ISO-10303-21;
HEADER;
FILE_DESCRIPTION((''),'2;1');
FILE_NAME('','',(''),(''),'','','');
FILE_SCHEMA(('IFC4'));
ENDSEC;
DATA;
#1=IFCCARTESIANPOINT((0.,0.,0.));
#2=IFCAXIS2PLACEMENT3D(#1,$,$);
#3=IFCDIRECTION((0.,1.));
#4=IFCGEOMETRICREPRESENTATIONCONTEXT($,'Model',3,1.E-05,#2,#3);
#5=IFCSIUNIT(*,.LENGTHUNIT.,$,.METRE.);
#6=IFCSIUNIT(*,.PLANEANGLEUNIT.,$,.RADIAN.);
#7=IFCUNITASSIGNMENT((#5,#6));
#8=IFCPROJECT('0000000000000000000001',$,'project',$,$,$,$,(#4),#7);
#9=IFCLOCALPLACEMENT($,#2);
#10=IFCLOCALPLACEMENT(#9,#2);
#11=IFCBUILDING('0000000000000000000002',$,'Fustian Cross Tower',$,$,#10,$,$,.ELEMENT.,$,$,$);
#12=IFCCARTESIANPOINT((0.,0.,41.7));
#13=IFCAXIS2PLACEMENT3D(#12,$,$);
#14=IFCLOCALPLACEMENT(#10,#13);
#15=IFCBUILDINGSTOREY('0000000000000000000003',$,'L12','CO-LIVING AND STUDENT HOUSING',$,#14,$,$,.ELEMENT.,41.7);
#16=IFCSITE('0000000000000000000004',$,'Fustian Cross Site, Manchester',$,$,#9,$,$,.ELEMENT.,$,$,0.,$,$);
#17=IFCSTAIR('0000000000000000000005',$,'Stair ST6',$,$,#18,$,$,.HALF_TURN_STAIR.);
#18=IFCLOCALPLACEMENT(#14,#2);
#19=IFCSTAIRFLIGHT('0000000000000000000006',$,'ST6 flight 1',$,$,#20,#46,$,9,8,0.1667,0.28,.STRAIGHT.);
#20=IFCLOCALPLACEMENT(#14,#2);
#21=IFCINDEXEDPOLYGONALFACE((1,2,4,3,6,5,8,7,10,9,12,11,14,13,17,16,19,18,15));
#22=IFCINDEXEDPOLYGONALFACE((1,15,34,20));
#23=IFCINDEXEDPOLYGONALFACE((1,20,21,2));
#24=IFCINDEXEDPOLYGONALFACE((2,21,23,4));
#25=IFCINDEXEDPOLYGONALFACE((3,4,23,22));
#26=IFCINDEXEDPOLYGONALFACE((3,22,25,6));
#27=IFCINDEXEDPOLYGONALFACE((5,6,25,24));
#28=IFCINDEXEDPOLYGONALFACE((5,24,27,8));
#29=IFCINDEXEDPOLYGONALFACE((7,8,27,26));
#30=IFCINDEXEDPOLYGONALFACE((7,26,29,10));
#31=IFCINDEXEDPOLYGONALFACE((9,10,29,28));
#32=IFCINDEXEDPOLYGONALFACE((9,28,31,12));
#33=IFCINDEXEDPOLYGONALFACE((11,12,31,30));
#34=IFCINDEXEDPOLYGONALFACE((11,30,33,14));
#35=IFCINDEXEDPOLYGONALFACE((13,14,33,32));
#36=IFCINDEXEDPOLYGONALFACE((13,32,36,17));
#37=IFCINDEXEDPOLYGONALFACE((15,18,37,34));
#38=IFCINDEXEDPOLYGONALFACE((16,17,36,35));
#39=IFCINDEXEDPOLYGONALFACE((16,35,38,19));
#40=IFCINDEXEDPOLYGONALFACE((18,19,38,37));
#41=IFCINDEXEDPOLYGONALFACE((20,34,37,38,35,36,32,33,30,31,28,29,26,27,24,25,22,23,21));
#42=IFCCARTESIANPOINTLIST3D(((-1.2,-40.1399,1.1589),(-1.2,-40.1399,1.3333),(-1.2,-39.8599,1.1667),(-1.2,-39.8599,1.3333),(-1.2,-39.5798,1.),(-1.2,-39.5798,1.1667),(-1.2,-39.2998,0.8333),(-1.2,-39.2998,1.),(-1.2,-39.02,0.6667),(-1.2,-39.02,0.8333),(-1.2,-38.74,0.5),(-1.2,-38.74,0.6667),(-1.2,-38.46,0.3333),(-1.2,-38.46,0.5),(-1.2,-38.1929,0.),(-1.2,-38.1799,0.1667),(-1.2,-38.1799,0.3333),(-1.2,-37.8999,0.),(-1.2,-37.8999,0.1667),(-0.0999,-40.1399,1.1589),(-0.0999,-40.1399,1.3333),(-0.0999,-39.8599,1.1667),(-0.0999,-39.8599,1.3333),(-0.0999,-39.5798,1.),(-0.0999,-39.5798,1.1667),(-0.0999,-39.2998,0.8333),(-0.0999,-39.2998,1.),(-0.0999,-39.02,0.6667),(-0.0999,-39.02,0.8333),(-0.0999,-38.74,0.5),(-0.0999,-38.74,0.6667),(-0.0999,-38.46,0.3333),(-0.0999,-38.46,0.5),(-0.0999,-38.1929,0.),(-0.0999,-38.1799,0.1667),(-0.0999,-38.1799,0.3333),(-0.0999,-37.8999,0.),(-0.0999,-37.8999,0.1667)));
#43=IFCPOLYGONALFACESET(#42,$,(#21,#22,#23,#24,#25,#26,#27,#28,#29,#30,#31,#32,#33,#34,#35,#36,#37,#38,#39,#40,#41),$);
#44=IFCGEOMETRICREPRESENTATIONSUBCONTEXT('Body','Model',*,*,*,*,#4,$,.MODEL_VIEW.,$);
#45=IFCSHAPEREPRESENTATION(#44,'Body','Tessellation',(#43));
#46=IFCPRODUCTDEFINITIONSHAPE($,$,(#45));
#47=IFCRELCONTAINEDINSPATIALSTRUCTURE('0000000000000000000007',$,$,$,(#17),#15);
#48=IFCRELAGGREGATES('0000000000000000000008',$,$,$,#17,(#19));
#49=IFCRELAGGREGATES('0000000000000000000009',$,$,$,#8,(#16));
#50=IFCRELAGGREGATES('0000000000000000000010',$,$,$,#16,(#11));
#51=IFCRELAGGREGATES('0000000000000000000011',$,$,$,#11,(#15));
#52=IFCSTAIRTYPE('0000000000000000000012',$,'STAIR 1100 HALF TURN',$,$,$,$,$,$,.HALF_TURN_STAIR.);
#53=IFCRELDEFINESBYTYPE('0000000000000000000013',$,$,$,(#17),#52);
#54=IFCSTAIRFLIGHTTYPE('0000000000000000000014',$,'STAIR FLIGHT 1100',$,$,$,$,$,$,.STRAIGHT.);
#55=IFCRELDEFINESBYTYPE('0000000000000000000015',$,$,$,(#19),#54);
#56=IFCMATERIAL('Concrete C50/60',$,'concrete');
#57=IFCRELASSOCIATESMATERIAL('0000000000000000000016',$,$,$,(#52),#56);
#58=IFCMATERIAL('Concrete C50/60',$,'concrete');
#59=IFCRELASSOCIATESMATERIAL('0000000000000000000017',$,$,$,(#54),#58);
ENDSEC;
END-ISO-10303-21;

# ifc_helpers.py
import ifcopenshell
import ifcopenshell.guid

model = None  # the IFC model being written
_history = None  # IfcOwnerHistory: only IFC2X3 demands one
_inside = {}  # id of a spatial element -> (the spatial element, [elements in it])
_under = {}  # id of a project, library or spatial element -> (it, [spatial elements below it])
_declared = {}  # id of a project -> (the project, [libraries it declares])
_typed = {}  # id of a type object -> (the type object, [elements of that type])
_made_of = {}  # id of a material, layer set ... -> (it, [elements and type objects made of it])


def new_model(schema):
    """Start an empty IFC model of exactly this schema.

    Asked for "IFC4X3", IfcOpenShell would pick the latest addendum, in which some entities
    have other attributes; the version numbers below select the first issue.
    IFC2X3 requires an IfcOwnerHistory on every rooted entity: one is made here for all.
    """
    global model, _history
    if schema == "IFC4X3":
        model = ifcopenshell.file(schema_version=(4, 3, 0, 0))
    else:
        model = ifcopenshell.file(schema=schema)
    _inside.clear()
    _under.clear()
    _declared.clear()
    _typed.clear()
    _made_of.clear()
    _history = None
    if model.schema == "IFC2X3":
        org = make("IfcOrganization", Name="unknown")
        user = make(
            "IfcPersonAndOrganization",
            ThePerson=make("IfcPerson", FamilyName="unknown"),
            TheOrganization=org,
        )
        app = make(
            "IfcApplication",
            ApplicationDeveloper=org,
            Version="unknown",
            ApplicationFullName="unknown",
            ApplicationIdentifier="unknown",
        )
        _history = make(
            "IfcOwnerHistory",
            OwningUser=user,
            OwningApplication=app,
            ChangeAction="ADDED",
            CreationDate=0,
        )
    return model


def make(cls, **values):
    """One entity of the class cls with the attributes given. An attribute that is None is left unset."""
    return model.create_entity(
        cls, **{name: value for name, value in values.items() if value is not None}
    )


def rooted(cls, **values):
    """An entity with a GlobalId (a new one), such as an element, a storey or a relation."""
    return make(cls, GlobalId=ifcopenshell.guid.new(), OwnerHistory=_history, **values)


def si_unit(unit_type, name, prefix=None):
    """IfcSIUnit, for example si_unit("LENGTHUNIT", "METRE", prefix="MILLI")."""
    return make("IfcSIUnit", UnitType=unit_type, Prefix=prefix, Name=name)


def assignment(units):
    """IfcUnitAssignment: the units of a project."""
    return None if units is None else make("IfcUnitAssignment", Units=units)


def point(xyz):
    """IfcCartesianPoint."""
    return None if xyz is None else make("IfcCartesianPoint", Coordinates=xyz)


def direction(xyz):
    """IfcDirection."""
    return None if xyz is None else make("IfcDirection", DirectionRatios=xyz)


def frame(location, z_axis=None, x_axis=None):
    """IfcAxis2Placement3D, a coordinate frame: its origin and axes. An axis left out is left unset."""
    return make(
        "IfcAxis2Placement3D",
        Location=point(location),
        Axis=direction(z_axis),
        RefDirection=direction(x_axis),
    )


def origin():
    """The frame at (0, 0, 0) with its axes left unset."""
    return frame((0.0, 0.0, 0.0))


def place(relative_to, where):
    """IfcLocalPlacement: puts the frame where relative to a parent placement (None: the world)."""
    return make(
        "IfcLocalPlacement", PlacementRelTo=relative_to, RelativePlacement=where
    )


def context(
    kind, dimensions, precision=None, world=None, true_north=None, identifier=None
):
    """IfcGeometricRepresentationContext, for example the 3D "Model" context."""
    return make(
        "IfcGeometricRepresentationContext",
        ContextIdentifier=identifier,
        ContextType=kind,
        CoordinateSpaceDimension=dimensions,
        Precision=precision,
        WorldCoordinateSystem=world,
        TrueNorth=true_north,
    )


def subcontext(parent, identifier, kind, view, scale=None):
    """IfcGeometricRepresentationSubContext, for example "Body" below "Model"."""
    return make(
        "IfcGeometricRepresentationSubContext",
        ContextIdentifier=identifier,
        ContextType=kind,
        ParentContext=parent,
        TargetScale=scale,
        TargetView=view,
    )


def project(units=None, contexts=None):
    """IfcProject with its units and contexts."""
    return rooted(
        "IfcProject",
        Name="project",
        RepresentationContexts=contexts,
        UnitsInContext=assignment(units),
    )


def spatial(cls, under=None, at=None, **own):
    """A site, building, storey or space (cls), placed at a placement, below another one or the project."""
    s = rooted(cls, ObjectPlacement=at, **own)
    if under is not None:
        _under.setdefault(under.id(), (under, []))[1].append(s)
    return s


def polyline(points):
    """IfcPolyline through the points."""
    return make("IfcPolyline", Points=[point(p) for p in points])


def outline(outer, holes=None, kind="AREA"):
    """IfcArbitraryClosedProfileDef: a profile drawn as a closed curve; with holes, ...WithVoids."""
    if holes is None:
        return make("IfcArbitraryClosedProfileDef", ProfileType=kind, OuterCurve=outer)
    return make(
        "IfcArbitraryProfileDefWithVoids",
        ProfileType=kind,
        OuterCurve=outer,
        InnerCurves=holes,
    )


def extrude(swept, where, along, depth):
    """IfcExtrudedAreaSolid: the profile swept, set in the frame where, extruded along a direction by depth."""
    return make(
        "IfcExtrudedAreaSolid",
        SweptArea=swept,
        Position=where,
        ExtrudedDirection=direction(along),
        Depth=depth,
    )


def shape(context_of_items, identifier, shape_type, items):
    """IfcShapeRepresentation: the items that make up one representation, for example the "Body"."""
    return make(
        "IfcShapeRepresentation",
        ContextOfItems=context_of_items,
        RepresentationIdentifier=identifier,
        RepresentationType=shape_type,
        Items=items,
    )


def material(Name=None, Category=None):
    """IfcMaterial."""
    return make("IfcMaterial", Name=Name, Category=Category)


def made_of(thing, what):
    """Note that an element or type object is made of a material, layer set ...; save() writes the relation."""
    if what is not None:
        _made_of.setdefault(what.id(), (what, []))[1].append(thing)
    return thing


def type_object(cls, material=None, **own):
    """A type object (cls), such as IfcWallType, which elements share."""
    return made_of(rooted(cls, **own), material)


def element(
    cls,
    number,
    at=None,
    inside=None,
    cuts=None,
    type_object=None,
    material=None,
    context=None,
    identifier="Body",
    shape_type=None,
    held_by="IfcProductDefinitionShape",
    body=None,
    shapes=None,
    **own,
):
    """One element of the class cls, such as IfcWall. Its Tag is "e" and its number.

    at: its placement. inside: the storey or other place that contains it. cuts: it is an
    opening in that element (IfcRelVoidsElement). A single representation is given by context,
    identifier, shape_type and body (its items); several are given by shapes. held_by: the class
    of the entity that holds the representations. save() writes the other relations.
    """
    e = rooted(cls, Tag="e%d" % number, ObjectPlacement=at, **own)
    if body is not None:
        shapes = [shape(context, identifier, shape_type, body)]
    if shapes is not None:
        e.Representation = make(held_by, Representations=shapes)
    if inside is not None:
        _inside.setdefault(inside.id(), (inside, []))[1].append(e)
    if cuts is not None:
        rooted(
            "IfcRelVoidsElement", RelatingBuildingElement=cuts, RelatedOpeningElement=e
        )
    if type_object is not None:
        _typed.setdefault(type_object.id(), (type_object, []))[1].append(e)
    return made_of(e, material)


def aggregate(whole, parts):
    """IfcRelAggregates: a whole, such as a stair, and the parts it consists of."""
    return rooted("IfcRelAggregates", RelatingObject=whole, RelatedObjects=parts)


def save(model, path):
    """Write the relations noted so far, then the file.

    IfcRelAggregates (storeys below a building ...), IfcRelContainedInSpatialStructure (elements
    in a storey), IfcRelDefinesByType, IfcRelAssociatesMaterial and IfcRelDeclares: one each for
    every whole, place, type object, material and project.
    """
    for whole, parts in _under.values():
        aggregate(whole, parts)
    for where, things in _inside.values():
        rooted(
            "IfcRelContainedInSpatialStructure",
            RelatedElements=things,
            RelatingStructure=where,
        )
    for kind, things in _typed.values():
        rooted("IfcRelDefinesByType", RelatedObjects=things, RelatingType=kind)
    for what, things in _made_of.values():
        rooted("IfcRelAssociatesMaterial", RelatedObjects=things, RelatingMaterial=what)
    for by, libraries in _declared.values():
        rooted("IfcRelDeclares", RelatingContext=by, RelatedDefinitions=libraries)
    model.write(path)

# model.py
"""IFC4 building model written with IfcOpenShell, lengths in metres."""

from ifc_helpers import new_model, si_unit, direction, frame, origin, place, context, subcontext, project, spatial, polyline, outline, extrude, material, type_object, element, aggregate, save


model = new_model("IFC4")

# Units and contexts
model_context = context("Model", 3, precision=1e-05, world=origin(), true_north=direction((0.0, 1.0)))
body_context = subcontext(model_context, "Body", "Model", "MODEL_VIEW")
ifc_project = project(units=[si_unit("LENGTHUNIT", "METRE"), si_unit("PLANEANGLEUNIT", "RADIAN")], contexts=[model_context])

# Site, building, storey
site_placement = place(None, origin())
site = spatial("IfcSite", under=ifc_project, at=site_placement, Name="Fustian Cross Site, Manchester", CompositionType="ELEMENT", RefElevation=0.0)
building_placement = place(site_placement, origin())
building = spatial("IfcBuilding", under=site, at=building_placement, Name="Fustian Cross Tower", CompositionType="ELEMENT")
storey_placement = place(building_placement, frame((0.0, 0.0, 41.7)))
storey = spatial("IfcBuildingStorey", under=building, at=storey_placement, Name="L12", Description="CO-LIVING AND STUDENT HOUSING", CompositionType="ELEMENT", Elevation=41.7)

# Stair, stair flight
ifc_material_1 = material(Name="Concrete C50/60", Category="concrete")
stair_type = type_object("IfcStairType", Name="STAIR 1100 HALF TURN", PredefinedType="HALF_TURN_STAIR", material=ifc_material_1)
stair_placement = place(storey_placement, origin())
stair = element("IfcStair", 1, at=stair_placement, inside=storey, type_object=stair_type, Name="Stair ST6", PredefinedType="HALF_TURN_STAIR")
ifc_material_2 = material(Name="Concrete C50/60", Category="concrete")
stair_flight_type = type_object("IfcStairFlightType", Name="STAIR FLIGHT 1100", PredefinedType="STRAIGHT", material=ifc_material_2)
stair_flight_placement = place(storey_placement, frame((-0.6499, -37.8999, 0.0), z_axis=(0.0, 0.0, 1.0), x_axis=(0.0, -1.0, 0.0)))
stair_flight = element("IfcStairFlight", 2, at=stair_flight_placement, type_object=stair_flight_type, Name="ST6 flight 1", NumberOfRisers=9, NumberOfTreads=8, PredefinedType="STRAIGHT", RiserHeight=0.1667, TreadLength=0.28, context=body_context, shape_type="SweptSolid", body=[
    extrude(outline(polyline([(0.0, 0.0), (0.0, 0.1667), (0.28, 0.1667), (0.28, 0.3333), (0.5601, 0.3333), (0.5601, 0.5), (0.8401, 0.5), (0.8401, 0.6667), (1.1201, 0.6667), (1.1201, 0.8333), (1.3999, 0.8333), (1.3999, 1.0), (1.6799, 1.0), (1.6799, 1.1667), (1.96, 1.1667), (1.96, 1.3333), (2.24, 1.3333), (2.24, 1.5), (2.24, 1.1589), (0.293, 0.0), (0.0, 0.0)])), frame((0.0, 0.55, 0.0), z_axis=(0.0, -1.0, 0.0), x_axis=(1.0, 0.0, 0.0)), (0.0, 0.0, 1.0), 1.1001),
])
aggregate(stair, [stair_flight])

save(model, "model.ifc")
